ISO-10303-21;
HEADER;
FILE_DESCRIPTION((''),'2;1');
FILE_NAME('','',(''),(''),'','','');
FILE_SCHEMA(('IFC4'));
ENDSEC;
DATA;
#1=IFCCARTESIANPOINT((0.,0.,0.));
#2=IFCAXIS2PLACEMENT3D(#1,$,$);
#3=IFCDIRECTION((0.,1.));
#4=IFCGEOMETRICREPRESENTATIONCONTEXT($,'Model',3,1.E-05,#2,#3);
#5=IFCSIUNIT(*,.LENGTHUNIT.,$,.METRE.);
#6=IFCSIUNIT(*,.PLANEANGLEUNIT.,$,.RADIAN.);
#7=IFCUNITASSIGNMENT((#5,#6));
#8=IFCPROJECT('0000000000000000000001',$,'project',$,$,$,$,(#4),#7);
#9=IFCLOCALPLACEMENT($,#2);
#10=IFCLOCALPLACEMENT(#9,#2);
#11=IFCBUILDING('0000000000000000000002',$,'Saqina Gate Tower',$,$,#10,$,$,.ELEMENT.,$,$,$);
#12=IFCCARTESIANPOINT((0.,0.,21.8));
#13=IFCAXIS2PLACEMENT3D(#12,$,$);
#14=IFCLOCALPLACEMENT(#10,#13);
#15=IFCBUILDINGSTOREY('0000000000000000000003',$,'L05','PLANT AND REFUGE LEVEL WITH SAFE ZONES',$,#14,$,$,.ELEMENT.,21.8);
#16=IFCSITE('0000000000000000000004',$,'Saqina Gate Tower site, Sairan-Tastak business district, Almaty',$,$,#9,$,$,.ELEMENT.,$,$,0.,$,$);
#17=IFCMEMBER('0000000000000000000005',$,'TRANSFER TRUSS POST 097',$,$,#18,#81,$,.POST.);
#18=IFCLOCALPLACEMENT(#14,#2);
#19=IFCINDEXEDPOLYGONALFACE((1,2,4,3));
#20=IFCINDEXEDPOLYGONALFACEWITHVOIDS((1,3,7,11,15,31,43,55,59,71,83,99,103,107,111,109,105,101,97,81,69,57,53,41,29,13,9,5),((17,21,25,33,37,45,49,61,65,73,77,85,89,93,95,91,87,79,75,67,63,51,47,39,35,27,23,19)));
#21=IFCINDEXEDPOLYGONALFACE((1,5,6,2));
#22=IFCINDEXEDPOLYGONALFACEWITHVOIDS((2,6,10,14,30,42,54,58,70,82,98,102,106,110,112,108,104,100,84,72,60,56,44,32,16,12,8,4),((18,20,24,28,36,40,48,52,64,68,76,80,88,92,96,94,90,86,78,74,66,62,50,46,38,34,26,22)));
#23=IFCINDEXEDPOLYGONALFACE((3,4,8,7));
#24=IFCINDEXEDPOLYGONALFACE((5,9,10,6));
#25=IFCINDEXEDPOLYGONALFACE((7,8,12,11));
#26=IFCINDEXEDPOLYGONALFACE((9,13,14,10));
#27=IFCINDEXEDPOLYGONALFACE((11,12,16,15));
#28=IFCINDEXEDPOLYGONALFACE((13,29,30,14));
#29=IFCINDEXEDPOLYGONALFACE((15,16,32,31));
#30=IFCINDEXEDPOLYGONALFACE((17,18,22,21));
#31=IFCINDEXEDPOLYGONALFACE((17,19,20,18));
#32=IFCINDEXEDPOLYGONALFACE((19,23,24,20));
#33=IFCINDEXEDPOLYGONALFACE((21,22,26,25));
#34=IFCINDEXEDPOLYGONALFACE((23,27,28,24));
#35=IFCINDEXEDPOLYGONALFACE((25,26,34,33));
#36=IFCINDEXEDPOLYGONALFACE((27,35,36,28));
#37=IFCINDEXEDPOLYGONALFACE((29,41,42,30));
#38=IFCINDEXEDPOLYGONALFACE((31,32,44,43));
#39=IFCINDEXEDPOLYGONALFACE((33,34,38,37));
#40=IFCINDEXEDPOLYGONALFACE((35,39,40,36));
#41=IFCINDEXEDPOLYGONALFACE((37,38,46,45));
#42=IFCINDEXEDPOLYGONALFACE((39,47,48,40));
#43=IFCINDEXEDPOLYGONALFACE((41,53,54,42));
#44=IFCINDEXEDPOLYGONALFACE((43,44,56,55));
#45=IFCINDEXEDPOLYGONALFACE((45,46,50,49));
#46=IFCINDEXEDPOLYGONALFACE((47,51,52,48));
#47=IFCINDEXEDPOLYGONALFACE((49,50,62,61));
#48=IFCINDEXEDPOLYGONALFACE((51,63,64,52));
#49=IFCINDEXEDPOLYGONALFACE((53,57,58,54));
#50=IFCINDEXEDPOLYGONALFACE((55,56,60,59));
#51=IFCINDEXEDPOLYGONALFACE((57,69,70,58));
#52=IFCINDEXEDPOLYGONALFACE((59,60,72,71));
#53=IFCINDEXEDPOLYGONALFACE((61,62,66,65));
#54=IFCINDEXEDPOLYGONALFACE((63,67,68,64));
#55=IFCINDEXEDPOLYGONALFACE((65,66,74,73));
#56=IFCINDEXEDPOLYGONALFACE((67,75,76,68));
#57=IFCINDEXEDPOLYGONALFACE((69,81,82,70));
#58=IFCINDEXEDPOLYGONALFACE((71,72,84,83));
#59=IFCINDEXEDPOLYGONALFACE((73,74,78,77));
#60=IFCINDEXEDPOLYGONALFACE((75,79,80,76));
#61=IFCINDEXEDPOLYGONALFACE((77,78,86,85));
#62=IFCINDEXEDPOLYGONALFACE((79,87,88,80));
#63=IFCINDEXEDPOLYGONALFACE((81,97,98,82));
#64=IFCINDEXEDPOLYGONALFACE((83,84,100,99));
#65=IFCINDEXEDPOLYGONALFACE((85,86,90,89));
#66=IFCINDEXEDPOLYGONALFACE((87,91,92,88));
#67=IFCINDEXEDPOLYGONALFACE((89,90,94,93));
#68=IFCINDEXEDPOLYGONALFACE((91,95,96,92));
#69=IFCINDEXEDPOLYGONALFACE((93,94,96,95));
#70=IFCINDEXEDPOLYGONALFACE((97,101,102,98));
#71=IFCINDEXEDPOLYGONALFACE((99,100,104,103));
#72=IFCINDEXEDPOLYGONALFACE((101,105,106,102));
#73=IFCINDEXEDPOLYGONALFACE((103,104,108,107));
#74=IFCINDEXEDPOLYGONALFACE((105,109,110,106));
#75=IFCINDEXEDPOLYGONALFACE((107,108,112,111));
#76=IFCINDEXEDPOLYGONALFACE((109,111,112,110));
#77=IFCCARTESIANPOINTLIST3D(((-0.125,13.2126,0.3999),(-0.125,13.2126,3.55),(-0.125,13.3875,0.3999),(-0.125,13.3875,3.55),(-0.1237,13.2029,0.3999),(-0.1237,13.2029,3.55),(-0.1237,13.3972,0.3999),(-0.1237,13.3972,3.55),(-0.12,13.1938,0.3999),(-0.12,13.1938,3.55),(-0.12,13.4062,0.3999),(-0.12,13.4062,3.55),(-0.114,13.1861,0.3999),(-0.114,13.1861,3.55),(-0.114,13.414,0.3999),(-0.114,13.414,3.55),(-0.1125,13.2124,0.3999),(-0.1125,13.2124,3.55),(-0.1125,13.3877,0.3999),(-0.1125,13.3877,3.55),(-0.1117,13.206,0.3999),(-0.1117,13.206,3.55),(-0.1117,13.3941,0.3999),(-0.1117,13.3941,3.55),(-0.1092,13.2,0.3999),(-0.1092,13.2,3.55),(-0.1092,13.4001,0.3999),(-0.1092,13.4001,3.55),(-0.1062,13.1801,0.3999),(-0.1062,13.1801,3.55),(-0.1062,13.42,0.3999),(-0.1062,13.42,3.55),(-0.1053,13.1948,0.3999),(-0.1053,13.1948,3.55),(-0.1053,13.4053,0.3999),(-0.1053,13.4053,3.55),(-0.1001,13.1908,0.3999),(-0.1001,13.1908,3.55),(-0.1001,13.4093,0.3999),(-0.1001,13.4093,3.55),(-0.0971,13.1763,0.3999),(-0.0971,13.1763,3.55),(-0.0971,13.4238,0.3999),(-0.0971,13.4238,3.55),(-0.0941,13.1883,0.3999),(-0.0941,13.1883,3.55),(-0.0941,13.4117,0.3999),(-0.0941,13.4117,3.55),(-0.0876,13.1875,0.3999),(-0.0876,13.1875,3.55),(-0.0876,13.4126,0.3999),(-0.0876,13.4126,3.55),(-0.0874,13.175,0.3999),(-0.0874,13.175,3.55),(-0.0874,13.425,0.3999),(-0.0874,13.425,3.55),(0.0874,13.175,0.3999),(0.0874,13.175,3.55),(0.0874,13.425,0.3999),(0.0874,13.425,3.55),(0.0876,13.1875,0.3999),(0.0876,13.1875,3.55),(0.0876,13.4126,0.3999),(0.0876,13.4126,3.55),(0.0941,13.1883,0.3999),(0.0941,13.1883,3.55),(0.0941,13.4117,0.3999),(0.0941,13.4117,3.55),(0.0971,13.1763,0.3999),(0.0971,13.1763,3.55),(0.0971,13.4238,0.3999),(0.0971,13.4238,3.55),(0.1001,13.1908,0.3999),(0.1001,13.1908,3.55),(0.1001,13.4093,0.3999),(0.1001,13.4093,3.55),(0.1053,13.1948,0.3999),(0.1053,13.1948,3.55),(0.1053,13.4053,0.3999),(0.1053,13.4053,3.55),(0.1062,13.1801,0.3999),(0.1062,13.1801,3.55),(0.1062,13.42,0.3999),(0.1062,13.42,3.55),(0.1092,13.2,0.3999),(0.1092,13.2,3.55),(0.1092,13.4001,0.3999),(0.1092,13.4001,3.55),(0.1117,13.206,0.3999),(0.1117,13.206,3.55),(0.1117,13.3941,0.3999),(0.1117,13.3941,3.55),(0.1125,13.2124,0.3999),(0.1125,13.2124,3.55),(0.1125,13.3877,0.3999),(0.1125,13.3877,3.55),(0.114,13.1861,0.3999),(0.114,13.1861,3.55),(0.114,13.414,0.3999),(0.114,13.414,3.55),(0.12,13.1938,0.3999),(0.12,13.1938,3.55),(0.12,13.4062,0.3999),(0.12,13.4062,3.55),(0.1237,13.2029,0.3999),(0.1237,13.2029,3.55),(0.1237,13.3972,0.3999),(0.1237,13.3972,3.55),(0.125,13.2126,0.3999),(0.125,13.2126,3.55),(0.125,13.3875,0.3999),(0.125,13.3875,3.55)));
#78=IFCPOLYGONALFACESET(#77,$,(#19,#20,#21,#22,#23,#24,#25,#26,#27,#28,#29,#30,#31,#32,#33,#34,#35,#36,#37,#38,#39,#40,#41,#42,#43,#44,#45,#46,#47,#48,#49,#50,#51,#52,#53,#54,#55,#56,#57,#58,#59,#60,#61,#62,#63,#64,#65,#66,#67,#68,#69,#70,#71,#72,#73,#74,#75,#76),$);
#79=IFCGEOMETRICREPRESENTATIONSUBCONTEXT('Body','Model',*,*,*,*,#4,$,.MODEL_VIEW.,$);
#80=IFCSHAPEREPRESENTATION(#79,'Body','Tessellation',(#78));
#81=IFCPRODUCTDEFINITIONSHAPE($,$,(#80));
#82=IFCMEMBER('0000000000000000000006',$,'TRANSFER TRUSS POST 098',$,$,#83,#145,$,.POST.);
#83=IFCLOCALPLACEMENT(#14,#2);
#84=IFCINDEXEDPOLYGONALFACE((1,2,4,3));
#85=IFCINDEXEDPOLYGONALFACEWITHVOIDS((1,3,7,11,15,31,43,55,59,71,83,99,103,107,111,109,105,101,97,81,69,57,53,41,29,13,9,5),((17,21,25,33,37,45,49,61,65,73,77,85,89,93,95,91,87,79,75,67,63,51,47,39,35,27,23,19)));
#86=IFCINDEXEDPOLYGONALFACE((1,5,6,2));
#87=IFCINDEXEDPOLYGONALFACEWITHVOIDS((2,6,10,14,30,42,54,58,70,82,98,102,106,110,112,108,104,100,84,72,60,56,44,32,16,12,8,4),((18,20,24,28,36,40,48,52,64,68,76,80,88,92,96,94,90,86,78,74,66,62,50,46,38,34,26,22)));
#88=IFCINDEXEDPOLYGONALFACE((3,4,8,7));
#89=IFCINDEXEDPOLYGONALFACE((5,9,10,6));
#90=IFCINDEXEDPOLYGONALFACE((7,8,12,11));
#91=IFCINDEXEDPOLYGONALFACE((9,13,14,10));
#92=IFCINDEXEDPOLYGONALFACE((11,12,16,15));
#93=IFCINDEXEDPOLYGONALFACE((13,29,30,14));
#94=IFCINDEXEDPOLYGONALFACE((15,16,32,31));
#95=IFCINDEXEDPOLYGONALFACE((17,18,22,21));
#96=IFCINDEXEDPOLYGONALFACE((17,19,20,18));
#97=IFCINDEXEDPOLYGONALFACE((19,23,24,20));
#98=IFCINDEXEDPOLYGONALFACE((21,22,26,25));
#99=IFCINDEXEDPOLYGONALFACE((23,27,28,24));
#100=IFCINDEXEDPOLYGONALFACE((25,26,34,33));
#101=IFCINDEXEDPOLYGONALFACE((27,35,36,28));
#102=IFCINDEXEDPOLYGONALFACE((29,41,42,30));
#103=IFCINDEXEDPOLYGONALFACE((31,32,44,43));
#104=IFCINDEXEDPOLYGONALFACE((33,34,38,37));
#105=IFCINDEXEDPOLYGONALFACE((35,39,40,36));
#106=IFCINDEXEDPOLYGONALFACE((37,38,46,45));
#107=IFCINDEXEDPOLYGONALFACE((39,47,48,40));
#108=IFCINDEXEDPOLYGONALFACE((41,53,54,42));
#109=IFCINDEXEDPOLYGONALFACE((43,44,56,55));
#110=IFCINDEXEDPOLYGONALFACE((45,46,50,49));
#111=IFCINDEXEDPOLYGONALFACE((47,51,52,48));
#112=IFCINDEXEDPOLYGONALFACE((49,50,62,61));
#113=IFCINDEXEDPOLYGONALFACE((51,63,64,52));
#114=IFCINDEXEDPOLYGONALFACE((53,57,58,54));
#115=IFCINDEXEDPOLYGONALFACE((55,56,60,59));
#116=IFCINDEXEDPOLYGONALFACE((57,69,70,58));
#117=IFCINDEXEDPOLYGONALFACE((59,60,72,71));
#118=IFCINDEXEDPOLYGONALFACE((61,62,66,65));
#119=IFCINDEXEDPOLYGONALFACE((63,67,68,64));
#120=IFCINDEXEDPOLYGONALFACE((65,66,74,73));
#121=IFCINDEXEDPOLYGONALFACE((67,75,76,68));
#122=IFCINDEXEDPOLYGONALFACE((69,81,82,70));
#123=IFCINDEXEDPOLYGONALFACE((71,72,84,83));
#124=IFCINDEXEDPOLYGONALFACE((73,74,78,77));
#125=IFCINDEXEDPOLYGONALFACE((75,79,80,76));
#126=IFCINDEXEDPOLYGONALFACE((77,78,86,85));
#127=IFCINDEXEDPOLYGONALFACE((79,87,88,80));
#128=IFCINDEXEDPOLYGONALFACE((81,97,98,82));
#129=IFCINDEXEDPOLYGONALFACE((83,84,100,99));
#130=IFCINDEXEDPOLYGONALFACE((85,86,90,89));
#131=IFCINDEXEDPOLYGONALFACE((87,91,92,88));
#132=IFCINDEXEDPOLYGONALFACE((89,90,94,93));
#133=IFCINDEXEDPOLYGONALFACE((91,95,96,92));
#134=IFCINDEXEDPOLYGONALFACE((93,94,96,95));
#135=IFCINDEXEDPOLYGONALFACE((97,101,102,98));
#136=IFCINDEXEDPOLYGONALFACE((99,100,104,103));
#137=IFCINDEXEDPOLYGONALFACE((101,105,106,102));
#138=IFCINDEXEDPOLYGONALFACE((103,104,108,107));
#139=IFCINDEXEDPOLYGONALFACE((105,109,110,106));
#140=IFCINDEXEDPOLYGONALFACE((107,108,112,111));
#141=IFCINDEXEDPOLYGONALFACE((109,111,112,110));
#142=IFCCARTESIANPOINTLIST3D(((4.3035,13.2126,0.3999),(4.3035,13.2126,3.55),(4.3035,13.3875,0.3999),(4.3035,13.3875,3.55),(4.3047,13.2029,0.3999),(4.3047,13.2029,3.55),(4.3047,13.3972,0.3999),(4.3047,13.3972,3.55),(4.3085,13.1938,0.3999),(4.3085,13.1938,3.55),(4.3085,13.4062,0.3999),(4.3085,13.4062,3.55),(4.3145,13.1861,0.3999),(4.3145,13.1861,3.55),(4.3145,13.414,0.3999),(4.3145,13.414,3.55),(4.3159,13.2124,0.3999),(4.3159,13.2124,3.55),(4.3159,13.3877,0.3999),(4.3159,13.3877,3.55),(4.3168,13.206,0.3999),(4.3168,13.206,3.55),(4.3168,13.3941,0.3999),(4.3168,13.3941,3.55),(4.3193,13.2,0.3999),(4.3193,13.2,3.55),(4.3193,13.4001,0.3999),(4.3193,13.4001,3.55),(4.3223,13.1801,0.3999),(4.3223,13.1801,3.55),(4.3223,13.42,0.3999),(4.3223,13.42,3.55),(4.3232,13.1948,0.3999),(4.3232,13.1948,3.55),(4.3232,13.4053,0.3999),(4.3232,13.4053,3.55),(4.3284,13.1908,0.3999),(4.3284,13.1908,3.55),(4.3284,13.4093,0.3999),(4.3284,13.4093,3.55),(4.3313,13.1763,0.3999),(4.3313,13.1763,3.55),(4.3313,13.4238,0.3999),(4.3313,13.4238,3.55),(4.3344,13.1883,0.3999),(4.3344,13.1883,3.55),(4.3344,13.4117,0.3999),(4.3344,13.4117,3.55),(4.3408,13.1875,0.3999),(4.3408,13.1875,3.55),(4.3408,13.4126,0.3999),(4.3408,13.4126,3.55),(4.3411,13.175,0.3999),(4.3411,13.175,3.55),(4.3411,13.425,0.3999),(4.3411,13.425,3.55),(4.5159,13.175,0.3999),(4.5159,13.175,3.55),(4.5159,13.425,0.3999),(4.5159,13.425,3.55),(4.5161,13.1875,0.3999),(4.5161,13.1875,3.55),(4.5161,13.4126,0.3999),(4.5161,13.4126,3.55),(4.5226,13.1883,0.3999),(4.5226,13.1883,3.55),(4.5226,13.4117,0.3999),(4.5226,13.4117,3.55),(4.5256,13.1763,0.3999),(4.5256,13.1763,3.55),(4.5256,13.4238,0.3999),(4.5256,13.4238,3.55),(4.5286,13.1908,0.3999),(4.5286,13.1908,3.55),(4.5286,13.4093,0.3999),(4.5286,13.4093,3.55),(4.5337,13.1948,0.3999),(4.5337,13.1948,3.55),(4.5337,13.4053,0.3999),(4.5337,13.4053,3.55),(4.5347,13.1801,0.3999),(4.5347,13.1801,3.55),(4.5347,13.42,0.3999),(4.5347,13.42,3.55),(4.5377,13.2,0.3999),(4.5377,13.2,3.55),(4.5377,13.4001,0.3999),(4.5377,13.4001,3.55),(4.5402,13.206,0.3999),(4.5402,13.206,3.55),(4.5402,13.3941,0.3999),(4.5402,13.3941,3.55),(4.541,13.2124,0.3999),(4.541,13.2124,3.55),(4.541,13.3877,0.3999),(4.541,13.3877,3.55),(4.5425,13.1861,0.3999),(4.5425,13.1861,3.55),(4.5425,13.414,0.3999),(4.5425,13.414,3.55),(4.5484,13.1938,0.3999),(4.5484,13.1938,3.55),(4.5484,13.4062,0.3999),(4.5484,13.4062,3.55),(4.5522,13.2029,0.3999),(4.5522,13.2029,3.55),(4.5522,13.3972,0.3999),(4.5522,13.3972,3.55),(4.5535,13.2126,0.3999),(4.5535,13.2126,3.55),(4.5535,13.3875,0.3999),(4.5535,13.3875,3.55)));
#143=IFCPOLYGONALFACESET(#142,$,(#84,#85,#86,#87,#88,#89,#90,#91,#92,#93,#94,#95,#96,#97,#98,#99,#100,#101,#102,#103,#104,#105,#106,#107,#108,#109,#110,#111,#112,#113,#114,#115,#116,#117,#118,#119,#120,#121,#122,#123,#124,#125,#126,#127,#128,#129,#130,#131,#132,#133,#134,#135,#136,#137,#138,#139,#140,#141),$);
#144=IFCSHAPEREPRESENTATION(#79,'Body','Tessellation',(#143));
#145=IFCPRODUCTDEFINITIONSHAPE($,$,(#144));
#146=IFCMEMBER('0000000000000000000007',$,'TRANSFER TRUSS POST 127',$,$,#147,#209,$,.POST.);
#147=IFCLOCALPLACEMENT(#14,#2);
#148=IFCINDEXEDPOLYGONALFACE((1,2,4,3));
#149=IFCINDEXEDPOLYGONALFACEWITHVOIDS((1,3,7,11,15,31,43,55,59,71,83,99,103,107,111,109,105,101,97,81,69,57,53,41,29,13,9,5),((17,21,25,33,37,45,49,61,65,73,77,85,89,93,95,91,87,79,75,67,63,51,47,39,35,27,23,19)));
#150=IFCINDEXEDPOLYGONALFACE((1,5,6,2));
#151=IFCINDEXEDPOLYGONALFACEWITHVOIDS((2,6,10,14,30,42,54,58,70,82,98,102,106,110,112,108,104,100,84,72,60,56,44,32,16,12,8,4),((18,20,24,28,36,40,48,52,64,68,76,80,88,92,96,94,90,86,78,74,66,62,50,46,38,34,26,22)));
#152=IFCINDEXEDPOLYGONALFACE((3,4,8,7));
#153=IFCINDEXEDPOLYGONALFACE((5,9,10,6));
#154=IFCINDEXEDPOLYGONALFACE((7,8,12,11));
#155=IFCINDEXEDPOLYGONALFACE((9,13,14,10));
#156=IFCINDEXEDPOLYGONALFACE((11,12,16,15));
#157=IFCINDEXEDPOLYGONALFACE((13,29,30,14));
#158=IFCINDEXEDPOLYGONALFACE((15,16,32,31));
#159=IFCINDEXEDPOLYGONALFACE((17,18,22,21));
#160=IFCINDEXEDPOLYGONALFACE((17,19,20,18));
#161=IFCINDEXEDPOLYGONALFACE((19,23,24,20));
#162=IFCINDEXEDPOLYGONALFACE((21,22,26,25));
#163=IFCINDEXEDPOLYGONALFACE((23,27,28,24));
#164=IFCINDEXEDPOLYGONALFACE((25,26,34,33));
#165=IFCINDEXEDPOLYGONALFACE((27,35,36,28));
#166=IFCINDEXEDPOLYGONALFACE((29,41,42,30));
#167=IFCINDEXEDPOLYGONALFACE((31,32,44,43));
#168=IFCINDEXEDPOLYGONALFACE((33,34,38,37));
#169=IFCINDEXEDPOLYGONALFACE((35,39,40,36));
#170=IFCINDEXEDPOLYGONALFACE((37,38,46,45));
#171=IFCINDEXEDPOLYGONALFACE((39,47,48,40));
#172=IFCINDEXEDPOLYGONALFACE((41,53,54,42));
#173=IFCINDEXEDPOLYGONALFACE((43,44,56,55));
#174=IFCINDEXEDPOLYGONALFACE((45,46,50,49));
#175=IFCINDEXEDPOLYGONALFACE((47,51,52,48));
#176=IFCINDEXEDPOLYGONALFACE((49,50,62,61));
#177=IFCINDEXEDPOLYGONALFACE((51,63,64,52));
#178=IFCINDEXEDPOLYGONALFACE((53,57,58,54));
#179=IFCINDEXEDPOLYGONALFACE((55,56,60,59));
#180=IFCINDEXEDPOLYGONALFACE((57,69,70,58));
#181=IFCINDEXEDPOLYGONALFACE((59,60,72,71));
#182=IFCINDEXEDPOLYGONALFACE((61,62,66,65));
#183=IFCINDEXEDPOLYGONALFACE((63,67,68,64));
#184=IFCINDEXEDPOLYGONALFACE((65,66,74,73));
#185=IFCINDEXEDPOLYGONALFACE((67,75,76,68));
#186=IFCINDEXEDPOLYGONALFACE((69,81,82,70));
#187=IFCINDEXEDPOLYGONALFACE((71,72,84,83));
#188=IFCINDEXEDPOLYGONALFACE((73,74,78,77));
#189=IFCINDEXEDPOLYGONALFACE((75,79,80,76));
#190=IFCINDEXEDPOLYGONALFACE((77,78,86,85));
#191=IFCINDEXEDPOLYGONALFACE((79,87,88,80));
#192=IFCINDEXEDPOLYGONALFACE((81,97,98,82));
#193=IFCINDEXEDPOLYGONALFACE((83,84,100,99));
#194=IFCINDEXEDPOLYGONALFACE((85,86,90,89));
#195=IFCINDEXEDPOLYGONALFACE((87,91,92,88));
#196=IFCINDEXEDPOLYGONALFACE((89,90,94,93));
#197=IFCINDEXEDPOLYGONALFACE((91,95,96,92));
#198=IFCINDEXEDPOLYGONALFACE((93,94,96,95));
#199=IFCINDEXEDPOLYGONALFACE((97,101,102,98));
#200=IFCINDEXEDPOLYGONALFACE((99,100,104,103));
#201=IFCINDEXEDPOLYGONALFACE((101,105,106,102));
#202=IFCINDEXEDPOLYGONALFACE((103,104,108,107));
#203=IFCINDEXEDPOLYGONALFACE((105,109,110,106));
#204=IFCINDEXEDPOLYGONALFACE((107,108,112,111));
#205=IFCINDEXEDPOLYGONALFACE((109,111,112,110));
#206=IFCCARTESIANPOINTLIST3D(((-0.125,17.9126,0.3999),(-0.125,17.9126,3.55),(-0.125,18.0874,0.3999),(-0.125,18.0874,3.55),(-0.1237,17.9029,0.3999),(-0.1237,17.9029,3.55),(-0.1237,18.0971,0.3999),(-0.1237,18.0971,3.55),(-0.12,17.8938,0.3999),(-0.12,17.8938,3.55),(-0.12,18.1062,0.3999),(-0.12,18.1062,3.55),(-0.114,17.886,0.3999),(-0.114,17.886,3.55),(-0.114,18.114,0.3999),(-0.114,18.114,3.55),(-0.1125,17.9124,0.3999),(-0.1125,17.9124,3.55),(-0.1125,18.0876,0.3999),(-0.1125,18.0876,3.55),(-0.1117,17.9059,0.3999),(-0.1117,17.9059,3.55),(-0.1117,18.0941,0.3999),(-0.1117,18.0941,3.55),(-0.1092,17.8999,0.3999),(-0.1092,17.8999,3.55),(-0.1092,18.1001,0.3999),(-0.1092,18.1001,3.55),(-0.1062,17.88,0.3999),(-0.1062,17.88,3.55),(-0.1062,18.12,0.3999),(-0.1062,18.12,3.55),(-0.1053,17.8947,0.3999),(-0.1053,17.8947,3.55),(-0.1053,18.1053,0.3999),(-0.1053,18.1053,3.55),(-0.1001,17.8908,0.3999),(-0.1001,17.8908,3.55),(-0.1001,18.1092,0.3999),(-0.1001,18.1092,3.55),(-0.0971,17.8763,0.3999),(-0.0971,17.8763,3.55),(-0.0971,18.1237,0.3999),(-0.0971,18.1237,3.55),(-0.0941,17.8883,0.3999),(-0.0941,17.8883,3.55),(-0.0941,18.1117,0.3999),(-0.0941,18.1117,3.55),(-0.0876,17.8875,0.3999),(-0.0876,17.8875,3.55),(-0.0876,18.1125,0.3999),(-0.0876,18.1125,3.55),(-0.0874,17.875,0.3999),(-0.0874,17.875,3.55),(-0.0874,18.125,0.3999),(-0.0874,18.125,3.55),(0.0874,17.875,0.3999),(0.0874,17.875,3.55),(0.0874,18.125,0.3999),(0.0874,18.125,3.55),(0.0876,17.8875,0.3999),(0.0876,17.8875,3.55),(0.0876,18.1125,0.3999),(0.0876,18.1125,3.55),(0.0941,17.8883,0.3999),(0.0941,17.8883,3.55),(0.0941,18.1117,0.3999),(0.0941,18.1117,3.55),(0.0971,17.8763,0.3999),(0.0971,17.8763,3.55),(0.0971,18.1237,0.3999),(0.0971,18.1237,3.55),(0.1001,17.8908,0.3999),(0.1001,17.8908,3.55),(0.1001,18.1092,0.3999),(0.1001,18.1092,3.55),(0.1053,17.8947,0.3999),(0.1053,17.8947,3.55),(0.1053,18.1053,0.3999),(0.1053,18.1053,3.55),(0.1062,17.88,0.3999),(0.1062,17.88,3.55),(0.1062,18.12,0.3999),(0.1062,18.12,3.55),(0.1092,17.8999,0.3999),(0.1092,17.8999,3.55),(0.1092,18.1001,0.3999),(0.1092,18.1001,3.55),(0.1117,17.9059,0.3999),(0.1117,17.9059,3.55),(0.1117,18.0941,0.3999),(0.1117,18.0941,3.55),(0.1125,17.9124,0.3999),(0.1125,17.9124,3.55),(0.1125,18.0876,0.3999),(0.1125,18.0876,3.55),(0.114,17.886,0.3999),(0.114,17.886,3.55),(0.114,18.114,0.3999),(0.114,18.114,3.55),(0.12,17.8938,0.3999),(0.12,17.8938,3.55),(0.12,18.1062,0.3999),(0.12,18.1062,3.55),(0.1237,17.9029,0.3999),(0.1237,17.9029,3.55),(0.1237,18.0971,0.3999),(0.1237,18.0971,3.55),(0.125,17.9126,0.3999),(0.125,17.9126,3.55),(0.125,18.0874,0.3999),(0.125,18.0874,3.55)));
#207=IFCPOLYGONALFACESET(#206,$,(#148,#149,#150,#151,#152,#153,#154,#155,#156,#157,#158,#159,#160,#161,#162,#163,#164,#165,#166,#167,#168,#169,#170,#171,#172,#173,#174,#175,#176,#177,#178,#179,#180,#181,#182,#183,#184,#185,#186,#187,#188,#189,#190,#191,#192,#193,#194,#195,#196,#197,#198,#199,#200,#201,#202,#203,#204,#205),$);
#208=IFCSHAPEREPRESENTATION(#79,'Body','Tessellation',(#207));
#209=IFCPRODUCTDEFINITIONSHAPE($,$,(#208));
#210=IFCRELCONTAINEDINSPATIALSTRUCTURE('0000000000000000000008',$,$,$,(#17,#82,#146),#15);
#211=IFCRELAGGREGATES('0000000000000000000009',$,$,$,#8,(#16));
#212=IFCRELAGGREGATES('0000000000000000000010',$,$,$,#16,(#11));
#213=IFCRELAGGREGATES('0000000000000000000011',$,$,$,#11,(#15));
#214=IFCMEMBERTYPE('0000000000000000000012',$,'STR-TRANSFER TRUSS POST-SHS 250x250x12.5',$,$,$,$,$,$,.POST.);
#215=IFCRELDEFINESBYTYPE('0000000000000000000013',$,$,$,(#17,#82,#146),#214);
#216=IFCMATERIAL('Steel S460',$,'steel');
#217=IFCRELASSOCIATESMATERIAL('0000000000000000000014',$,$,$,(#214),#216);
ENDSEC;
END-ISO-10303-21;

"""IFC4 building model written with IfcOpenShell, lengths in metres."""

from ifc_helpers import new_model, si_unit, direction, frame, origin, origin_2d, place, context, subcontext, project, spatial, hollow_rectangle, extrude, material, material_profile, profile_set, type_object, element, save


model = new_model("IFC4")

# Units and contexts
model_context = context("Model", 3, precision=1e-05, world=origin(), true_north=direction((0.0, 1.0)))
body_context = subcontext(model_context, "Body", "Model", "MODEL_VIEW")
ifc_project = project(units=[si_unit("LENGTHUNIT", "METRE"), si_unit("PLANEANGLEUNIT", "RADIAN")], contexts=[model_context])

# Site, building, storey
site_placement = place(None, origin())
site = spatial("IfcSite", under=ifc_project, at=site_placement, Name="Saqina Gate Tower site, Sairan-Tastak business district, Almaty", CompositionType="ELEMENT", RefElevation=0.0)
building_placement = place(site_placement, origin())
building = spatial("IfcBuilding", under=site, at=building_placement, Name="Saqina Gate Tower", CompositionType="ELEMENT")
storey_placement = place(building_placement, frame((0.0, 0.0, 21.8)))
storey = spatial("IfcBuildingStorey", under=building, at=storey_placement, Name="L05", Description="PLANT AND REFUGE LEVEL WITH SAFE ZONES", CompositionType="ELEMENT", Elevation=21.8)

# Members
ifc_material_1 = material(Name="Steel S460", Category="steel")
ifc_material_profile_1 = material_profile(ifc_material_1, hollow_rectangle(XDim=0.25, YDim=0.25, WallThickness=0.0125, InnerFilletRadius=0.0249, OuterFilletRadius=0.0376, at=origin_2d()), Name="SHS 250x250x12.5")
ifc_profile_set_1 = profile_set([ifc_material_profile_1], Name="Steel S460")
member_type_1 = type_object("IfcMemberType", Name="STR-TRANSFER TRUSS POST-SHS 250x250x12.5", PredefinedType="POST", material=ifc_profile_set_1)
for number, where, z_axis, x_axis, name in (
    (1, (0.0, 13.3, 0.3999), (0.0, 0.0, 1.0), (1.0, 0.0, 0.0), "TRANSFER TRUSS POST 097"),
    (2, (4.4285, 13.3, 0.3999), (0.0, 0.0, 1.0), (1.0, 0.0, 0.0), "TRANSFER TRUSS POST 098"),
    (3, (0.0, 18.0, 0.3999), (0.0, 0.0, 1.0), (1.0, 0.0, 0.0), "TRANSFER TRUSS POST 127"),
):
    element("IfcMember", number, at=place(storey_placement, frame(where, z_axis=z_axis, x_axis=x_axis)), inside=storey, type_object=member_type_1, Name=name, PredefinedType="POST", context=body_context, shape_type="SweptSolid", body=[
        extrude(hollow_rectangle(XDim=0.25, YDim=0.25, WallThickness=0.0125, InnerFilletRadius=0.0249, OuterFilletRadius=0.0376, at=origin_2d()), origin(), (0.0, 0.0, 1.0), 3.1501),
    ])

save(model, "model.ifc")
